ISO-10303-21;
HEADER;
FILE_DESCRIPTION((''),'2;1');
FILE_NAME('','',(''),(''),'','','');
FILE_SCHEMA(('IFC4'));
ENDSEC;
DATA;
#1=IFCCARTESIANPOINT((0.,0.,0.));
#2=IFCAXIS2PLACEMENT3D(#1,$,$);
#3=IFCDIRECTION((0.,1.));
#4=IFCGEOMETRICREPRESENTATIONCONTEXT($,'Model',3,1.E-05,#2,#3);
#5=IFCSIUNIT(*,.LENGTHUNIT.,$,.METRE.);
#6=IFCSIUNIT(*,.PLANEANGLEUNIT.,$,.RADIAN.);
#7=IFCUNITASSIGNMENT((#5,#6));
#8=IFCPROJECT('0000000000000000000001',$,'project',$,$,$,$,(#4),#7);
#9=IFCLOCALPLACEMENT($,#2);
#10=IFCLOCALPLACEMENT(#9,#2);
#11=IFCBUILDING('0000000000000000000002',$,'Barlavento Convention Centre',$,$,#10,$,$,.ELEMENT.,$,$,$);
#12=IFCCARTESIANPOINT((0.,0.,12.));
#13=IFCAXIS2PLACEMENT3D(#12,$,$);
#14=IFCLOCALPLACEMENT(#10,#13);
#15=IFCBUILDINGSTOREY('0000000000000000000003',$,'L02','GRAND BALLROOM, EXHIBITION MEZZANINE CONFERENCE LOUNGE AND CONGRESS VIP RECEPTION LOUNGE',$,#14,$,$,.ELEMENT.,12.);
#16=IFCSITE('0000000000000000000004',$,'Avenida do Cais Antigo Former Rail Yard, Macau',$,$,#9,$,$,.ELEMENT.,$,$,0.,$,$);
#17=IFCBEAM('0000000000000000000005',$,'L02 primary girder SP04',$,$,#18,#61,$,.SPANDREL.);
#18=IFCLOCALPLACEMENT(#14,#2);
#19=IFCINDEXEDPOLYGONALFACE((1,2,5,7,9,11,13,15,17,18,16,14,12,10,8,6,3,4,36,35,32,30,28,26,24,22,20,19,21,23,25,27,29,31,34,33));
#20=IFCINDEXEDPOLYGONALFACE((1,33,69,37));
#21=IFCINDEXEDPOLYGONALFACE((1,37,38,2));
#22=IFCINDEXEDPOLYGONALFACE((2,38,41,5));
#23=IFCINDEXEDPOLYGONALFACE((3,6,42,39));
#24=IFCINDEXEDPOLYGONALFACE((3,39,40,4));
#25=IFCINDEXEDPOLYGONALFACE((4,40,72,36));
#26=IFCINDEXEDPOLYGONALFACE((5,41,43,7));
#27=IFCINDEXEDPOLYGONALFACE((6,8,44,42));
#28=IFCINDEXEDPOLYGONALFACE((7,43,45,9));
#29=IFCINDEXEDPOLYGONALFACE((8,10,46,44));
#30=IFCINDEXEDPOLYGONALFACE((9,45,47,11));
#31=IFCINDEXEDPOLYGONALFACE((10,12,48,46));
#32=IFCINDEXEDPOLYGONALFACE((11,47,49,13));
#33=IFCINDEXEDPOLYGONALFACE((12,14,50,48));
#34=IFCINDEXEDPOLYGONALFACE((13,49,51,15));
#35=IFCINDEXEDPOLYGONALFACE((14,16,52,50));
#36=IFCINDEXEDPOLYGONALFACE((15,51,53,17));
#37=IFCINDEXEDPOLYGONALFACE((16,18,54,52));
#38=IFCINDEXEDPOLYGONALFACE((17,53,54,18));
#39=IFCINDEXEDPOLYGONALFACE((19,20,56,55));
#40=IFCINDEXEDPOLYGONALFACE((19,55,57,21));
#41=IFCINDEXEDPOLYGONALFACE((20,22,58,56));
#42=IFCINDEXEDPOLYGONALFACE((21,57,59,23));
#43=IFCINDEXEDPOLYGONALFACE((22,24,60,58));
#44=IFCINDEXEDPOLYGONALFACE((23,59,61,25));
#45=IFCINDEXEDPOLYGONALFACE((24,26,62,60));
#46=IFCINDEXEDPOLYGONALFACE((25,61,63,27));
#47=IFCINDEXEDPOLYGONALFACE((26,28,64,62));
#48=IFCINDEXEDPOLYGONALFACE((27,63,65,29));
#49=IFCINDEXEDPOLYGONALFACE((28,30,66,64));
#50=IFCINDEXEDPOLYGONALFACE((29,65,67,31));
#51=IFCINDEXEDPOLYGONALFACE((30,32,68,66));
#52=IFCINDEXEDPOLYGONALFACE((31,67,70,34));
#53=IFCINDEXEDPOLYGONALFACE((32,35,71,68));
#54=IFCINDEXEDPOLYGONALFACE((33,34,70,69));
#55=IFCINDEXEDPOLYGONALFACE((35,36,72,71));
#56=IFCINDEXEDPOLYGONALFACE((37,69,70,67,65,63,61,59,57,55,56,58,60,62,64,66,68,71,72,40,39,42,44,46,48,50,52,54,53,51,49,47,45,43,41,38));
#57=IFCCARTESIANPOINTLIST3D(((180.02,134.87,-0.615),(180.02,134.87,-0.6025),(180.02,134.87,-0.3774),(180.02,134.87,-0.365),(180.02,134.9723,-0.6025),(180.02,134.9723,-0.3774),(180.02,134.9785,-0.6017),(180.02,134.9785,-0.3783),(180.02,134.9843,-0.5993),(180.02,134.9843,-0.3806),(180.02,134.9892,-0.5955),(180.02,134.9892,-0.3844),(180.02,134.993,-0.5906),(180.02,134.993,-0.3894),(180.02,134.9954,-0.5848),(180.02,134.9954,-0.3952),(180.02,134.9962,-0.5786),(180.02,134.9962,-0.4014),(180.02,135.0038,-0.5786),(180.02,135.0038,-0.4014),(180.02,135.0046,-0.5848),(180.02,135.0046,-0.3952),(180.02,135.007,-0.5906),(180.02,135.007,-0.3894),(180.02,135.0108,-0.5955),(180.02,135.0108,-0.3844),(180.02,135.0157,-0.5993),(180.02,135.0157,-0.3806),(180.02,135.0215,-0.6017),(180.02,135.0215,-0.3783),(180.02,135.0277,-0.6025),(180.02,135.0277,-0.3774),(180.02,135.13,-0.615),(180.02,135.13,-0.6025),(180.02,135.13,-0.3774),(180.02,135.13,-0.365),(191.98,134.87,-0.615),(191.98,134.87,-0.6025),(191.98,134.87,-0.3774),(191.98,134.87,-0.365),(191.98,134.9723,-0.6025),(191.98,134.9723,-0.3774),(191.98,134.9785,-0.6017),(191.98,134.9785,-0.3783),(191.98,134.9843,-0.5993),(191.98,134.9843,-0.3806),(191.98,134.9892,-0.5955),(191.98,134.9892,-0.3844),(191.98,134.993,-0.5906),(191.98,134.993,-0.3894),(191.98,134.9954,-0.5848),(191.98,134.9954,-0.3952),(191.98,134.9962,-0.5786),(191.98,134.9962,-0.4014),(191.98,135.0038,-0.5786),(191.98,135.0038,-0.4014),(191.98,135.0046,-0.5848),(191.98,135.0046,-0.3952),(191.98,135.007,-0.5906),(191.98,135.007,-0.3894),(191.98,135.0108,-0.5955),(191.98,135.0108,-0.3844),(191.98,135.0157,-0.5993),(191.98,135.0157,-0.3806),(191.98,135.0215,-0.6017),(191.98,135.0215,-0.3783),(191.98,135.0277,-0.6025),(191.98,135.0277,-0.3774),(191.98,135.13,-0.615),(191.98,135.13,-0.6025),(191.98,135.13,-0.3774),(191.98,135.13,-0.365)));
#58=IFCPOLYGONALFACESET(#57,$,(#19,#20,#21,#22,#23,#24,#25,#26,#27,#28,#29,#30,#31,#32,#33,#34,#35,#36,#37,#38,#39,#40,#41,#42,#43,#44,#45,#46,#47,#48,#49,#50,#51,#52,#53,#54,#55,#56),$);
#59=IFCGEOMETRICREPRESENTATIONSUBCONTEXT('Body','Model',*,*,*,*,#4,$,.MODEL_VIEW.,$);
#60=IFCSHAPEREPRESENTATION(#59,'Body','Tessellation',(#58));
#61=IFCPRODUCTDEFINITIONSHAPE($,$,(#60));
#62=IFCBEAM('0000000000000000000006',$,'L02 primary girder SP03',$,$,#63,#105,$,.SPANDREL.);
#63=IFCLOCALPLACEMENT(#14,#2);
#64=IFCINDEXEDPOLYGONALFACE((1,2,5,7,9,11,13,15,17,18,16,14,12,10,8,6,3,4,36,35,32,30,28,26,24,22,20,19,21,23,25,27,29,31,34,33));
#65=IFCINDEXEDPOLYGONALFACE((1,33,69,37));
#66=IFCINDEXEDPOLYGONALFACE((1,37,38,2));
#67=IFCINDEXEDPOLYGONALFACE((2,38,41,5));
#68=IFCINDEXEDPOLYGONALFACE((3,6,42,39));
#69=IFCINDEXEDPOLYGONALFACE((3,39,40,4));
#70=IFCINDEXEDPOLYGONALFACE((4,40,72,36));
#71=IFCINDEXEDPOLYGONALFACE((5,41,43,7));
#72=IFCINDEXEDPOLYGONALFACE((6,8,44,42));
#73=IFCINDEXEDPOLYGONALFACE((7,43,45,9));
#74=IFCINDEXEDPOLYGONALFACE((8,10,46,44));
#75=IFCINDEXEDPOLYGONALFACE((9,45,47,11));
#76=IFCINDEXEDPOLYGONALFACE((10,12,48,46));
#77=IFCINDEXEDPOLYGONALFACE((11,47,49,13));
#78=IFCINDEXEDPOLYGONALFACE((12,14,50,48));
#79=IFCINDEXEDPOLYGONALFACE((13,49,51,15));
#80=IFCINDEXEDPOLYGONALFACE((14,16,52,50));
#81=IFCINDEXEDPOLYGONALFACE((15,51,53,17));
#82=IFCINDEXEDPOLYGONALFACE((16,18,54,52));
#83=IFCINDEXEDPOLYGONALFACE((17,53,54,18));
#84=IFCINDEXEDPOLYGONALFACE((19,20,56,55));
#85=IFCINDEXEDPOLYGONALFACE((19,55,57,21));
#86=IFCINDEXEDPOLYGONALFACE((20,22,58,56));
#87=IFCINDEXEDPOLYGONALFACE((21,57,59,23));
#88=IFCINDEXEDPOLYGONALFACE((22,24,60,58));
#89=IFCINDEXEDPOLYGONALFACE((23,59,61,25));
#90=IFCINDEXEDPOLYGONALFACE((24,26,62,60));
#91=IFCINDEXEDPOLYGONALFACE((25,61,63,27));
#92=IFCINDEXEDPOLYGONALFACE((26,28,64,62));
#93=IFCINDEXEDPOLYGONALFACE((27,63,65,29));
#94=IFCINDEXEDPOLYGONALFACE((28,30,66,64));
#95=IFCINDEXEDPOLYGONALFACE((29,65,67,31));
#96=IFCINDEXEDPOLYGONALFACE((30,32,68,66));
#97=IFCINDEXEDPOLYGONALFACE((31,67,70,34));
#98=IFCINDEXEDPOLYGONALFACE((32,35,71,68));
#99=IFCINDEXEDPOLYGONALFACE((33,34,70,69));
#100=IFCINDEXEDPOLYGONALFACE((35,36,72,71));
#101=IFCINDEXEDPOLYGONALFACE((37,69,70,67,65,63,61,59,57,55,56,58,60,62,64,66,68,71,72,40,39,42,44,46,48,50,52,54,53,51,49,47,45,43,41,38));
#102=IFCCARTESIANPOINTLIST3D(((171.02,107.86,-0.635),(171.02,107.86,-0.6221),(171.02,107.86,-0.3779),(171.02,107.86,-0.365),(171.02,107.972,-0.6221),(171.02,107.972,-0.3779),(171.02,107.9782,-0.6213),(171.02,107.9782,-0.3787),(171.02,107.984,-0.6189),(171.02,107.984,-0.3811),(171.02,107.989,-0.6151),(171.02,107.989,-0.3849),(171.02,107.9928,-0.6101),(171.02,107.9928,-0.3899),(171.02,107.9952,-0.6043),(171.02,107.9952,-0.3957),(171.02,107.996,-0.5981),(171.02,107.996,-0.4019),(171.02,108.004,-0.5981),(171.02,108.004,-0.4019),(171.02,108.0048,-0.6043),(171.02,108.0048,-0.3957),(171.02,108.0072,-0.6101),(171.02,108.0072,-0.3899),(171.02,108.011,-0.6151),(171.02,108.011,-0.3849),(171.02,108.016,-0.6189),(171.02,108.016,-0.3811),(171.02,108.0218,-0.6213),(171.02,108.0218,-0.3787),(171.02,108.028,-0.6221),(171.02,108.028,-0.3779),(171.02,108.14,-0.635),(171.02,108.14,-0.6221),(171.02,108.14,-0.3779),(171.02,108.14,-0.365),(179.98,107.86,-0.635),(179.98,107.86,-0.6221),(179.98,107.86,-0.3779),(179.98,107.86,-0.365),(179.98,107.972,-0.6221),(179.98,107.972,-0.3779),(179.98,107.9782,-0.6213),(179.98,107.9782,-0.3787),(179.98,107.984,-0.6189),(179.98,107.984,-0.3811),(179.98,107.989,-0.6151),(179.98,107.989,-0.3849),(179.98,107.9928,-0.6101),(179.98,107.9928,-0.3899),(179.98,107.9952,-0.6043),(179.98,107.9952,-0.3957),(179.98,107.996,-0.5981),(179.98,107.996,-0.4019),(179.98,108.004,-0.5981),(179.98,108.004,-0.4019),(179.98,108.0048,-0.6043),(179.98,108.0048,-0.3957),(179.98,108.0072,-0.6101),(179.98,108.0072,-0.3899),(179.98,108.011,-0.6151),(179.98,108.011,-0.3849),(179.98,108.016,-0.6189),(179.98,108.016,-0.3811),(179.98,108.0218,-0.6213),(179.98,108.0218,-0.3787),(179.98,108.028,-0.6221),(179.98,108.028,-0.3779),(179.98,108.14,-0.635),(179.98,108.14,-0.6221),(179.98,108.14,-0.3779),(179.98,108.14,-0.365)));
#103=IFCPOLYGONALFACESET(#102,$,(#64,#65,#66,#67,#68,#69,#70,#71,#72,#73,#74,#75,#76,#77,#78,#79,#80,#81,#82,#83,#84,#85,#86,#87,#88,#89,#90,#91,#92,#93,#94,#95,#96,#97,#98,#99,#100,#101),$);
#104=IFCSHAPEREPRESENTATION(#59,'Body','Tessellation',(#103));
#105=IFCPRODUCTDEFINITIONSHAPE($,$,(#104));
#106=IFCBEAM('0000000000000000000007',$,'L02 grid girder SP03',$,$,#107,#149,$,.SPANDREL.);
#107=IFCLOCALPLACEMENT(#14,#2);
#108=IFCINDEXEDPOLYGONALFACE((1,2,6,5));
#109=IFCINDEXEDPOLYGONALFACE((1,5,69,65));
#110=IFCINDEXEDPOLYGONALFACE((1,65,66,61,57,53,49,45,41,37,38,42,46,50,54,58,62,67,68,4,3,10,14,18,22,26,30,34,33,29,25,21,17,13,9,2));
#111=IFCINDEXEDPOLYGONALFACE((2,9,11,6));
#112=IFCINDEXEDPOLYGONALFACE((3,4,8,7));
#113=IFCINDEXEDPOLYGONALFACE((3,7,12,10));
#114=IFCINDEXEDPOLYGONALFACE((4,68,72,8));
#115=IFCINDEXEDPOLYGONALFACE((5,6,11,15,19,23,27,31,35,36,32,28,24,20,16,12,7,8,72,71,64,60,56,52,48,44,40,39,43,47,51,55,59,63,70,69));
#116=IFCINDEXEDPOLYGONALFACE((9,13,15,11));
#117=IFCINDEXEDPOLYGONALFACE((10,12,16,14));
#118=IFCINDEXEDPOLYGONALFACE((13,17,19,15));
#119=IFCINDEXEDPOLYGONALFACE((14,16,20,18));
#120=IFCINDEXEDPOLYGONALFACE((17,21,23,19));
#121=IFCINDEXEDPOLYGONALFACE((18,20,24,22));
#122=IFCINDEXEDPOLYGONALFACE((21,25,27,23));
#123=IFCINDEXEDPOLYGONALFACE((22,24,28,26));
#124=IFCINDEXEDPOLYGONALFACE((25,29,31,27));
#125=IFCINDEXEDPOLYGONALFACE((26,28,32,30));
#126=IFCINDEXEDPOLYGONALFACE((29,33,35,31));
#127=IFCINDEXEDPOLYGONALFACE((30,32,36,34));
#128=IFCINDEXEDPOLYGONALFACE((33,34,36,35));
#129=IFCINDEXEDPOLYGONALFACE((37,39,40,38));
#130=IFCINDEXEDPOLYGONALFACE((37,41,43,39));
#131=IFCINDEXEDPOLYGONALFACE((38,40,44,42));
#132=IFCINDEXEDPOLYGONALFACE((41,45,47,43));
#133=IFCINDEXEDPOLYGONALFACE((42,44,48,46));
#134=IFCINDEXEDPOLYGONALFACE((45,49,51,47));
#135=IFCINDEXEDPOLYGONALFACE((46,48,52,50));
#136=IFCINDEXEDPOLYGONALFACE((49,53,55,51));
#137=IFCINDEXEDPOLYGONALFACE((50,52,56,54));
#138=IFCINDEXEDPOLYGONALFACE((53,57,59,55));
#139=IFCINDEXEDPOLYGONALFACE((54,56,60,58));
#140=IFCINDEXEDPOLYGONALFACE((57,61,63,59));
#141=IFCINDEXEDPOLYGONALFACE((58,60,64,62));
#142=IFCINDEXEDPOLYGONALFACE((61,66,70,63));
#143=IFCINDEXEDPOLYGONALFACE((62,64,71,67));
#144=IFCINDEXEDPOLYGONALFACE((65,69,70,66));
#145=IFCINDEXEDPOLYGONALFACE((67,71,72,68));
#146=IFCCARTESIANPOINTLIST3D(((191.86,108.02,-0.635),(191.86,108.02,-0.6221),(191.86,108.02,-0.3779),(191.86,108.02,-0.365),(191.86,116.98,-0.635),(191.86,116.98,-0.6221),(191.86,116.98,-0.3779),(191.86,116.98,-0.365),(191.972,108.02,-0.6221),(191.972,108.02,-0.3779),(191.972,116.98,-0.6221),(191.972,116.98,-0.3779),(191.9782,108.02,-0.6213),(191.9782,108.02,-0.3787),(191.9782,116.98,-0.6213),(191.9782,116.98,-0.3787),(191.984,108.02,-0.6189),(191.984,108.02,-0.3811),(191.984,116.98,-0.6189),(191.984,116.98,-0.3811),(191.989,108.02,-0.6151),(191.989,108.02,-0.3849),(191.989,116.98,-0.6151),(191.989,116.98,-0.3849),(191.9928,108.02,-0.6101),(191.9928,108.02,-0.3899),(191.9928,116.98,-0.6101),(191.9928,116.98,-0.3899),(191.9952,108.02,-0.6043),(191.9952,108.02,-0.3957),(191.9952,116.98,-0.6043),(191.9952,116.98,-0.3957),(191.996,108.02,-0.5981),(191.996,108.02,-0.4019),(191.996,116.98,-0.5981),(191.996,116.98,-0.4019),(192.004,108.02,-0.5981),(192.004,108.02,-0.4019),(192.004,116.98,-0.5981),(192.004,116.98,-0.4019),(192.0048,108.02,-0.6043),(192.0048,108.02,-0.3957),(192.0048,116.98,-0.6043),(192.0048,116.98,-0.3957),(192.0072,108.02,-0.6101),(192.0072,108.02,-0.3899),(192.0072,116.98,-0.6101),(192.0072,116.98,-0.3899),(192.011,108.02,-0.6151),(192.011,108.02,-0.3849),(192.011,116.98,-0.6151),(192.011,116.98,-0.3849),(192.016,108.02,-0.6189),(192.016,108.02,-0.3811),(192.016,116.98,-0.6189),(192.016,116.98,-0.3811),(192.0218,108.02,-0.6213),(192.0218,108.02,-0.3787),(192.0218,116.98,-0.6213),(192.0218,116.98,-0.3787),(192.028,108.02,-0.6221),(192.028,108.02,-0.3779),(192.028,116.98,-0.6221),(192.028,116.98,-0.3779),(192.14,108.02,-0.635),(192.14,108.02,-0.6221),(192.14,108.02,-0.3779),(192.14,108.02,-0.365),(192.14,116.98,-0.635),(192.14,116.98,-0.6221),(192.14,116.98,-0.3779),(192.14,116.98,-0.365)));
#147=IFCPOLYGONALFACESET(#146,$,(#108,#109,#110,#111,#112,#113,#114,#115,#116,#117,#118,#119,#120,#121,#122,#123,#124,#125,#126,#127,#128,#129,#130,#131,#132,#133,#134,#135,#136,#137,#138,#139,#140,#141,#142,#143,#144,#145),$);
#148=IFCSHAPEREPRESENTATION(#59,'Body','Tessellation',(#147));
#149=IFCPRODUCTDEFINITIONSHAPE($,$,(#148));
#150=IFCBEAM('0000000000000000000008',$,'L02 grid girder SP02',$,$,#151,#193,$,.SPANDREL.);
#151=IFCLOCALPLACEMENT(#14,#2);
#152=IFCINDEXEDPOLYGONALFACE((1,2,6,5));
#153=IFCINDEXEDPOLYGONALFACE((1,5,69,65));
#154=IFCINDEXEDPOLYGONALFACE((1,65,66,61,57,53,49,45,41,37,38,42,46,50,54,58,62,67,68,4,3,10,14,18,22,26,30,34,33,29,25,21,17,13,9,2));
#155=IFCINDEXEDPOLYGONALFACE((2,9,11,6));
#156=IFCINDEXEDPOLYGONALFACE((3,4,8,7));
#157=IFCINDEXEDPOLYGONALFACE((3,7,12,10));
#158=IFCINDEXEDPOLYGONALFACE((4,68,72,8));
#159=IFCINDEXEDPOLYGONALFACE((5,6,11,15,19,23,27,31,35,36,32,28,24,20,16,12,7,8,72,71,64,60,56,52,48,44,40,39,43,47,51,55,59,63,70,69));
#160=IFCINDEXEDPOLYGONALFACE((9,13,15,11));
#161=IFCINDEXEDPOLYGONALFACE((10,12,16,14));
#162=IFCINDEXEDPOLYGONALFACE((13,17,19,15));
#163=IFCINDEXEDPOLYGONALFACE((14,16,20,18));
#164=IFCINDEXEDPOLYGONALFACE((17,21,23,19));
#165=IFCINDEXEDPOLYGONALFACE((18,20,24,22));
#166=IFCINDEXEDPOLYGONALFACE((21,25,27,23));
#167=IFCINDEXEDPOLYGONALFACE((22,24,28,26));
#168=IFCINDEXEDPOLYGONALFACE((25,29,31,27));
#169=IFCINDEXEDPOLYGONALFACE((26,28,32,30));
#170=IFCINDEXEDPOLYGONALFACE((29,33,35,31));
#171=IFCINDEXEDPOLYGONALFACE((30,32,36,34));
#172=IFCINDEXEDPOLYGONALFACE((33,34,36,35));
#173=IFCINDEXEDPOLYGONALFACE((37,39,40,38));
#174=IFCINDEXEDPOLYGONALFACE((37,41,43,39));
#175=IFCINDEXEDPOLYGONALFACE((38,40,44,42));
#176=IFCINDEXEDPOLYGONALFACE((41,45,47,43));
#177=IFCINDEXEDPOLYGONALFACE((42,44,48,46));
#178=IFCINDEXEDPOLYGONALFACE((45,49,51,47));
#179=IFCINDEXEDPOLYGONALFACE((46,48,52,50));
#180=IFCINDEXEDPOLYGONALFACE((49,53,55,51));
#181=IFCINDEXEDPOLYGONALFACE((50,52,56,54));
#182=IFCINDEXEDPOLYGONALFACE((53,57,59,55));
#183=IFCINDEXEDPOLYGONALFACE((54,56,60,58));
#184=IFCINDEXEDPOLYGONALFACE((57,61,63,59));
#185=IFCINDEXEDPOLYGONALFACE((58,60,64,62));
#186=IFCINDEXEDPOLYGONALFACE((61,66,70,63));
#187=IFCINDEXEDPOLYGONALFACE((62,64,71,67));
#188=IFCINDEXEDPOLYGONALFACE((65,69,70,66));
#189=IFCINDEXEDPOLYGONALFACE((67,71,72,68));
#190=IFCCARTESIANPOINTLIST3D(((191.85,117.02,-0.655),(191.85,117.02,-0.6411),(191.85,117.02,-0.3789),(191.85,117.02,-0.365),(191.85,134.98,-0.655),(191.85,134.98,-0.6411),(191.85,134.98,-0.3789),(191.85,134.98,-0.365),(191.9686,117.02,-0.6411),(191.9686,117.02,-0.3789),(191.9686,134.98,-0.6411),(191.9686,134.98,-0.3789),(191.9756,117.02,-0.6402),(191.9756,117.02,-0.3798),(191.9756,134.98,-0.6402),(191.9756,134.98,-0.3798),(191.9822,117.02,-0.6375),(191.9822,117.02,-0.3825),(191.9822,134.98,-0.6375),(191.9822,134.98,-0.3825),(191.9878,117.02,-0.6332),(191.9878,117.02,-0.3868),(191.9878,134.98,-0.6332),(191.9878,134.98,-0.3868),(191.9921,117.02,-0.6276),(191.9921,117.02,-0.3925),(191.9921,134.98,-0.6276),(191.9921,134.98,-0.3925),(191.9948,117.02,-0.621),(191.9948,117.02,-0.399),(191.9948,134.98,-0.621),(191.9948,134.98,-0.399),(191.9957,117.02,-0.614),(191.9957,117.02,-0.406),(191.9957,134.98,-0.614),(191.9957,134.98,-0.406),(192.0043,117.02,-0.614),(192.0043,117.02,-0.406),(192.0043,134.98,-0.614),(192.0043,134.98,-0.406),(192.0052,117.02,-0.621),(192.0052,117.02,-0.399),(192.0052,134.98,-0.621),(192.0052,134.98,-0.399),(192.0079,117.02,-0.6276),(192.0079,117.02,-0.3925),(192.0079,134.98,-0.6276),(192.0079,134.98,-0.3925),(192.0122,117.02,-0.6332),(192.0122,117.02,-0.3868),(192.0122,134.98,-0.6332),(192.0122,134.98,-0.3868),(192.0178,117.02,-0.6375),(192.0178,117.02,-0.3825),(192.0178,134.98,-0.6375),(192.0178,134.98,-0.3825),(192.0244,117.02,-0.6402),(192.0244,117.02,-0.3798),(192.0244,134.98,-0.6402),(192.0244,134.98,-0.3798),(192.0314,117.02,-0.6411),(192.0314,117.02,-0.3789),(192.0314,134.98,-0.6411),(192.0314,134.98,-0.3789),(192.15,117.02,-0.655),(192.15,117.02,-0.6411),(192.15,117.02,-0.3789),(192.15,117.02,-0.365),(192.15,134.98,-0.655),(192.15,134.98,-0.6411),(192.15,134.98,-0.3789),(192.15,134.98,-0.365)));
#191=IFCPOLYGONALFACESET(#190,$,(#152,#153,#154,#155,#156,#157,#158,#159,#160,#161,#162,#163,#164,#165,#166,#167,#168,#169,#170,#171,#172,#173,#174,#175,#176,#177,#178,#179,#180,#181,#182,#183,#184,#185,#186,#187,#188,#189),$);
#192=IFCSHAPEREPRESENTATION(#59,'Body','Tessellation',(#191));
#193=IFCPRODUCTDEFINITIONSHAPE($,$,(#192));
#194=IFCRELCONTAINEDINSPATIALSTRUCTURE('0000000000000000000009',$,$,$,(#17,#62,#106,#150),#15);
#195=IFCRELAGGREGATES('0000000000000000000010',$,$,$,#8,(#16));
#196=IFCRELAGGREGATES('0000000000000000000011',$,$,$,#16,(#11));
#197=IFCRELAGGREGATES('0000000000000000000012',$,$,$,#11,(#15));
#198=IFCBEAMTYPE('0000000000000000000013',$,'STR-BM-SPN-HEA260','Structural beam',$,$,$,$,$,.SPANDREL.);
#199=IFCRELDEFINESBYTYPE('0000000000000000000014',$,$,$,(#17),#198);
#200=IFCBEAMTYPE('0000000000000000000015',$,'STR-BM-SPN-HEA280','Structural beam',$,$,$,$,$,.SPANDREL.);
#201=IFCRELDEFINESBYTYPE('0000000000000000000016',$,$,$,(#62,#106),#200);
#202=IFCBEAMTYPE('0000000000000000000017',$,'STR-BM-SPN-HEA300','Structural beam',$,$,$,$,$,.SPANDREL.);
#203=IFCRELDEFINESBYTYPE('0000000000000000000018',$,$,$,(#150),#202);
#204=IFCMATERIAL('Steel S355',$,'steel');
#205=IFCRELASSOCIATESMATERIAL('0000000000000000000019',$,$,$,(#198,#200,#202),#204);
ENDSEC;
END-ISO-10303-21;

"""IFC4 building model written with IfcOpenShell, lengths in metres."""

from ifc_helpers import new_model, si_unit, direction, frame, origin, origin_2d, place, context, subcontext, project, spatial, i_section, extrude, material, material_profile, profile_set, type_object, element, save


model = new_model("IFC4")

# Units and contexts
model_context = context("Model", 3, precision=1e-05, world=origin(), true_north=direction((0.0, 1.0)))
body_context = subcontext(model_context, "Body", "Model", "MODEL_VIEW")
ifc_project = project(units=[si_unit("LENGTHUNIT", "METRE"), si_unit("PLANEANGLEUNIT", "RADIAN")], contexts=[model_context])

# Site, building, storey
site_placement = place(None, origin())
site = spatial("IfcSite", under=ifc_project, at=site_placement, Name="Avenida do Cais Antigo Former Rail Yard, Macau", CompositionType="ELEMENT", RefElevation=0.0)
building_placement = place(site_placement, origin())
building = spatial("IfcBuilding", under=site, at=building_placement, Name="Barlavento Convention Centre", CompositionType="ELEMENT")
storey_placement = place(building_placement, frame((0.0, 0.0, 12.0)))
storey = spatial("IfcBuildingStorey", under=building, at=storey_placement, Name="L02", Description="GRAND BALLROOM, EXHIBITION MEZZANINE CONFERENCE LOUNGE AND CONGRESS VIP RECEPTION LOUNGE", CompositionType="ELEMENT", Elevation=12.0)

# Beams
ifc_material_1 = material(Name="Steel S355", Category="steel")
ifc_material_profile_1 = material_profile(ifc_material_1, i_section(OverallWidth=0.26, OverallDepth=0.25, WebThickness=0.0076, FlangeThickness=0.0125, FilletRadius=0.0239, at=origin_2d()), Name="HEA 260")
ifc_profile_set_1 = profile_set([ifc_material_profile_1], Name="Steel S355")
beam_type_1 = type_object("IfcBeamType", Name="STR-BM-SPN-HEA260", Description="Structural beam", PredefinedType="SPANDREL", material=ifc_profile_set_1)
beam_1_placement = place(storey_placement, frame((180.02, 135.0, -0.49), z_axis=(1.0, 0.0, 0.0), x_axis=(0.0, 1.0, 0.0)))
element("IfcBeam", 1, at=beam_1_placement, inside=storey, type_object=beam_type_1, Name="L02 primary girder SP04", PredefinedType="SPANDREL", context=body_context, shape_type="SweptSolid", body=[
    extrude(i_section(OverallWidth=0.26, OverallDepth=0.25, WebThickness=0.0076, FlangeThickness=0.0125, FilletRadius=0.0239, at=origin_2d()), origin(), (0.0, 0.0, 1.0), 11.96),
])
ifc_material_profile_2 = material_profile(ifc_material_1, i_section(OverallWidth=0.28, OverallDepth=0.27, WebThickness=0.0081, FlangeThickness=0.0129, FilletRadius=0.0239, at=origin_2d()), Name="HEA 280")
ifc_profile_set_2 = profile_set([ifc_material_profile_2], Name="Steel S355")
beam_type_2 = type_object("IfcBeamType", Name="STR-BM-SPN-HEA280", Description="Structural beam", PredefinedType="SPANDREL", material=ifc_profile_set_2)
for number, where, z_axis, x_axis, name in (
    (2, (171.02, 108.0, -0.5), (1.0, 0.0, 0.0), (0.0, 1.0, 0.0), "L02 primary girder SP03"),
    (3, (192.0, 108.02, -0.5), (0.0, 1.0, 0.0), (-1.0, 0.0, 0.0), "L02 grid girder SP03"),
):
    element("IfcBeam", number, at=place(storey_placement, frame(where, z_axis=z_axis, x_axis=x_axis)), inside=storey, type_object=beam_type_2, Name=name, PredefinedType="SPANDREL", context=body_context, shape_type="SweptSolid", body=[
        extrude(i_section(OverallWidth=0.28, OverallDepth=0.27, WebThickness=0.0081, FlangeThickness=0.0129, FilletRadius=0.0239, at=origin_2d()), origin(), (0.0, 0.0, 1.0), 8.96),
    ])
ifc_material_profile_3 = material_profile(ifc_material_1, i_section(OverallWidth=0.3, OverallDepth=0.29, WebThickness=0.0085, FlangeThickness=0.0139, FilletRadius=0.0271, at=origin_2d()), Name="HEA 300")
ifc_profile_set_3 = profile_set([ifc_material_profile_3], Name="Steel S355")
beam_type_3 = type_object("IfcBeamType", Name="STR-BM-SPN-HEA300", Description="Structural beam", PredefinedType="SPANDREL", material=ifc_profile_set_3)
beam_2_placement = place(storey_placement, frame((192.0, 117.02, -0.51), z_axis=(0.0, 1.0, 0.0), x_axis=(-1.0, 0.0, 0.0)))
element("IfcBeam", 4, at=beam_2_placement, inside=storey, type_object=beam_type_3, Name="L02 grid girder SP02", PredefinedType="SPANDREL", context=body_context, shape_type="SweptSolid", body=[
    extrude(i_section(OverallWidth=0.3, OverallDepth=0.29, WebThickness=0.0085, FlangeThickness=0.0139, FilletRadius=0.0271, at=origin_2d()), origin(), (0.0, 0.0, 1.0), 17.96),
])

save(model, "model.ifc")
